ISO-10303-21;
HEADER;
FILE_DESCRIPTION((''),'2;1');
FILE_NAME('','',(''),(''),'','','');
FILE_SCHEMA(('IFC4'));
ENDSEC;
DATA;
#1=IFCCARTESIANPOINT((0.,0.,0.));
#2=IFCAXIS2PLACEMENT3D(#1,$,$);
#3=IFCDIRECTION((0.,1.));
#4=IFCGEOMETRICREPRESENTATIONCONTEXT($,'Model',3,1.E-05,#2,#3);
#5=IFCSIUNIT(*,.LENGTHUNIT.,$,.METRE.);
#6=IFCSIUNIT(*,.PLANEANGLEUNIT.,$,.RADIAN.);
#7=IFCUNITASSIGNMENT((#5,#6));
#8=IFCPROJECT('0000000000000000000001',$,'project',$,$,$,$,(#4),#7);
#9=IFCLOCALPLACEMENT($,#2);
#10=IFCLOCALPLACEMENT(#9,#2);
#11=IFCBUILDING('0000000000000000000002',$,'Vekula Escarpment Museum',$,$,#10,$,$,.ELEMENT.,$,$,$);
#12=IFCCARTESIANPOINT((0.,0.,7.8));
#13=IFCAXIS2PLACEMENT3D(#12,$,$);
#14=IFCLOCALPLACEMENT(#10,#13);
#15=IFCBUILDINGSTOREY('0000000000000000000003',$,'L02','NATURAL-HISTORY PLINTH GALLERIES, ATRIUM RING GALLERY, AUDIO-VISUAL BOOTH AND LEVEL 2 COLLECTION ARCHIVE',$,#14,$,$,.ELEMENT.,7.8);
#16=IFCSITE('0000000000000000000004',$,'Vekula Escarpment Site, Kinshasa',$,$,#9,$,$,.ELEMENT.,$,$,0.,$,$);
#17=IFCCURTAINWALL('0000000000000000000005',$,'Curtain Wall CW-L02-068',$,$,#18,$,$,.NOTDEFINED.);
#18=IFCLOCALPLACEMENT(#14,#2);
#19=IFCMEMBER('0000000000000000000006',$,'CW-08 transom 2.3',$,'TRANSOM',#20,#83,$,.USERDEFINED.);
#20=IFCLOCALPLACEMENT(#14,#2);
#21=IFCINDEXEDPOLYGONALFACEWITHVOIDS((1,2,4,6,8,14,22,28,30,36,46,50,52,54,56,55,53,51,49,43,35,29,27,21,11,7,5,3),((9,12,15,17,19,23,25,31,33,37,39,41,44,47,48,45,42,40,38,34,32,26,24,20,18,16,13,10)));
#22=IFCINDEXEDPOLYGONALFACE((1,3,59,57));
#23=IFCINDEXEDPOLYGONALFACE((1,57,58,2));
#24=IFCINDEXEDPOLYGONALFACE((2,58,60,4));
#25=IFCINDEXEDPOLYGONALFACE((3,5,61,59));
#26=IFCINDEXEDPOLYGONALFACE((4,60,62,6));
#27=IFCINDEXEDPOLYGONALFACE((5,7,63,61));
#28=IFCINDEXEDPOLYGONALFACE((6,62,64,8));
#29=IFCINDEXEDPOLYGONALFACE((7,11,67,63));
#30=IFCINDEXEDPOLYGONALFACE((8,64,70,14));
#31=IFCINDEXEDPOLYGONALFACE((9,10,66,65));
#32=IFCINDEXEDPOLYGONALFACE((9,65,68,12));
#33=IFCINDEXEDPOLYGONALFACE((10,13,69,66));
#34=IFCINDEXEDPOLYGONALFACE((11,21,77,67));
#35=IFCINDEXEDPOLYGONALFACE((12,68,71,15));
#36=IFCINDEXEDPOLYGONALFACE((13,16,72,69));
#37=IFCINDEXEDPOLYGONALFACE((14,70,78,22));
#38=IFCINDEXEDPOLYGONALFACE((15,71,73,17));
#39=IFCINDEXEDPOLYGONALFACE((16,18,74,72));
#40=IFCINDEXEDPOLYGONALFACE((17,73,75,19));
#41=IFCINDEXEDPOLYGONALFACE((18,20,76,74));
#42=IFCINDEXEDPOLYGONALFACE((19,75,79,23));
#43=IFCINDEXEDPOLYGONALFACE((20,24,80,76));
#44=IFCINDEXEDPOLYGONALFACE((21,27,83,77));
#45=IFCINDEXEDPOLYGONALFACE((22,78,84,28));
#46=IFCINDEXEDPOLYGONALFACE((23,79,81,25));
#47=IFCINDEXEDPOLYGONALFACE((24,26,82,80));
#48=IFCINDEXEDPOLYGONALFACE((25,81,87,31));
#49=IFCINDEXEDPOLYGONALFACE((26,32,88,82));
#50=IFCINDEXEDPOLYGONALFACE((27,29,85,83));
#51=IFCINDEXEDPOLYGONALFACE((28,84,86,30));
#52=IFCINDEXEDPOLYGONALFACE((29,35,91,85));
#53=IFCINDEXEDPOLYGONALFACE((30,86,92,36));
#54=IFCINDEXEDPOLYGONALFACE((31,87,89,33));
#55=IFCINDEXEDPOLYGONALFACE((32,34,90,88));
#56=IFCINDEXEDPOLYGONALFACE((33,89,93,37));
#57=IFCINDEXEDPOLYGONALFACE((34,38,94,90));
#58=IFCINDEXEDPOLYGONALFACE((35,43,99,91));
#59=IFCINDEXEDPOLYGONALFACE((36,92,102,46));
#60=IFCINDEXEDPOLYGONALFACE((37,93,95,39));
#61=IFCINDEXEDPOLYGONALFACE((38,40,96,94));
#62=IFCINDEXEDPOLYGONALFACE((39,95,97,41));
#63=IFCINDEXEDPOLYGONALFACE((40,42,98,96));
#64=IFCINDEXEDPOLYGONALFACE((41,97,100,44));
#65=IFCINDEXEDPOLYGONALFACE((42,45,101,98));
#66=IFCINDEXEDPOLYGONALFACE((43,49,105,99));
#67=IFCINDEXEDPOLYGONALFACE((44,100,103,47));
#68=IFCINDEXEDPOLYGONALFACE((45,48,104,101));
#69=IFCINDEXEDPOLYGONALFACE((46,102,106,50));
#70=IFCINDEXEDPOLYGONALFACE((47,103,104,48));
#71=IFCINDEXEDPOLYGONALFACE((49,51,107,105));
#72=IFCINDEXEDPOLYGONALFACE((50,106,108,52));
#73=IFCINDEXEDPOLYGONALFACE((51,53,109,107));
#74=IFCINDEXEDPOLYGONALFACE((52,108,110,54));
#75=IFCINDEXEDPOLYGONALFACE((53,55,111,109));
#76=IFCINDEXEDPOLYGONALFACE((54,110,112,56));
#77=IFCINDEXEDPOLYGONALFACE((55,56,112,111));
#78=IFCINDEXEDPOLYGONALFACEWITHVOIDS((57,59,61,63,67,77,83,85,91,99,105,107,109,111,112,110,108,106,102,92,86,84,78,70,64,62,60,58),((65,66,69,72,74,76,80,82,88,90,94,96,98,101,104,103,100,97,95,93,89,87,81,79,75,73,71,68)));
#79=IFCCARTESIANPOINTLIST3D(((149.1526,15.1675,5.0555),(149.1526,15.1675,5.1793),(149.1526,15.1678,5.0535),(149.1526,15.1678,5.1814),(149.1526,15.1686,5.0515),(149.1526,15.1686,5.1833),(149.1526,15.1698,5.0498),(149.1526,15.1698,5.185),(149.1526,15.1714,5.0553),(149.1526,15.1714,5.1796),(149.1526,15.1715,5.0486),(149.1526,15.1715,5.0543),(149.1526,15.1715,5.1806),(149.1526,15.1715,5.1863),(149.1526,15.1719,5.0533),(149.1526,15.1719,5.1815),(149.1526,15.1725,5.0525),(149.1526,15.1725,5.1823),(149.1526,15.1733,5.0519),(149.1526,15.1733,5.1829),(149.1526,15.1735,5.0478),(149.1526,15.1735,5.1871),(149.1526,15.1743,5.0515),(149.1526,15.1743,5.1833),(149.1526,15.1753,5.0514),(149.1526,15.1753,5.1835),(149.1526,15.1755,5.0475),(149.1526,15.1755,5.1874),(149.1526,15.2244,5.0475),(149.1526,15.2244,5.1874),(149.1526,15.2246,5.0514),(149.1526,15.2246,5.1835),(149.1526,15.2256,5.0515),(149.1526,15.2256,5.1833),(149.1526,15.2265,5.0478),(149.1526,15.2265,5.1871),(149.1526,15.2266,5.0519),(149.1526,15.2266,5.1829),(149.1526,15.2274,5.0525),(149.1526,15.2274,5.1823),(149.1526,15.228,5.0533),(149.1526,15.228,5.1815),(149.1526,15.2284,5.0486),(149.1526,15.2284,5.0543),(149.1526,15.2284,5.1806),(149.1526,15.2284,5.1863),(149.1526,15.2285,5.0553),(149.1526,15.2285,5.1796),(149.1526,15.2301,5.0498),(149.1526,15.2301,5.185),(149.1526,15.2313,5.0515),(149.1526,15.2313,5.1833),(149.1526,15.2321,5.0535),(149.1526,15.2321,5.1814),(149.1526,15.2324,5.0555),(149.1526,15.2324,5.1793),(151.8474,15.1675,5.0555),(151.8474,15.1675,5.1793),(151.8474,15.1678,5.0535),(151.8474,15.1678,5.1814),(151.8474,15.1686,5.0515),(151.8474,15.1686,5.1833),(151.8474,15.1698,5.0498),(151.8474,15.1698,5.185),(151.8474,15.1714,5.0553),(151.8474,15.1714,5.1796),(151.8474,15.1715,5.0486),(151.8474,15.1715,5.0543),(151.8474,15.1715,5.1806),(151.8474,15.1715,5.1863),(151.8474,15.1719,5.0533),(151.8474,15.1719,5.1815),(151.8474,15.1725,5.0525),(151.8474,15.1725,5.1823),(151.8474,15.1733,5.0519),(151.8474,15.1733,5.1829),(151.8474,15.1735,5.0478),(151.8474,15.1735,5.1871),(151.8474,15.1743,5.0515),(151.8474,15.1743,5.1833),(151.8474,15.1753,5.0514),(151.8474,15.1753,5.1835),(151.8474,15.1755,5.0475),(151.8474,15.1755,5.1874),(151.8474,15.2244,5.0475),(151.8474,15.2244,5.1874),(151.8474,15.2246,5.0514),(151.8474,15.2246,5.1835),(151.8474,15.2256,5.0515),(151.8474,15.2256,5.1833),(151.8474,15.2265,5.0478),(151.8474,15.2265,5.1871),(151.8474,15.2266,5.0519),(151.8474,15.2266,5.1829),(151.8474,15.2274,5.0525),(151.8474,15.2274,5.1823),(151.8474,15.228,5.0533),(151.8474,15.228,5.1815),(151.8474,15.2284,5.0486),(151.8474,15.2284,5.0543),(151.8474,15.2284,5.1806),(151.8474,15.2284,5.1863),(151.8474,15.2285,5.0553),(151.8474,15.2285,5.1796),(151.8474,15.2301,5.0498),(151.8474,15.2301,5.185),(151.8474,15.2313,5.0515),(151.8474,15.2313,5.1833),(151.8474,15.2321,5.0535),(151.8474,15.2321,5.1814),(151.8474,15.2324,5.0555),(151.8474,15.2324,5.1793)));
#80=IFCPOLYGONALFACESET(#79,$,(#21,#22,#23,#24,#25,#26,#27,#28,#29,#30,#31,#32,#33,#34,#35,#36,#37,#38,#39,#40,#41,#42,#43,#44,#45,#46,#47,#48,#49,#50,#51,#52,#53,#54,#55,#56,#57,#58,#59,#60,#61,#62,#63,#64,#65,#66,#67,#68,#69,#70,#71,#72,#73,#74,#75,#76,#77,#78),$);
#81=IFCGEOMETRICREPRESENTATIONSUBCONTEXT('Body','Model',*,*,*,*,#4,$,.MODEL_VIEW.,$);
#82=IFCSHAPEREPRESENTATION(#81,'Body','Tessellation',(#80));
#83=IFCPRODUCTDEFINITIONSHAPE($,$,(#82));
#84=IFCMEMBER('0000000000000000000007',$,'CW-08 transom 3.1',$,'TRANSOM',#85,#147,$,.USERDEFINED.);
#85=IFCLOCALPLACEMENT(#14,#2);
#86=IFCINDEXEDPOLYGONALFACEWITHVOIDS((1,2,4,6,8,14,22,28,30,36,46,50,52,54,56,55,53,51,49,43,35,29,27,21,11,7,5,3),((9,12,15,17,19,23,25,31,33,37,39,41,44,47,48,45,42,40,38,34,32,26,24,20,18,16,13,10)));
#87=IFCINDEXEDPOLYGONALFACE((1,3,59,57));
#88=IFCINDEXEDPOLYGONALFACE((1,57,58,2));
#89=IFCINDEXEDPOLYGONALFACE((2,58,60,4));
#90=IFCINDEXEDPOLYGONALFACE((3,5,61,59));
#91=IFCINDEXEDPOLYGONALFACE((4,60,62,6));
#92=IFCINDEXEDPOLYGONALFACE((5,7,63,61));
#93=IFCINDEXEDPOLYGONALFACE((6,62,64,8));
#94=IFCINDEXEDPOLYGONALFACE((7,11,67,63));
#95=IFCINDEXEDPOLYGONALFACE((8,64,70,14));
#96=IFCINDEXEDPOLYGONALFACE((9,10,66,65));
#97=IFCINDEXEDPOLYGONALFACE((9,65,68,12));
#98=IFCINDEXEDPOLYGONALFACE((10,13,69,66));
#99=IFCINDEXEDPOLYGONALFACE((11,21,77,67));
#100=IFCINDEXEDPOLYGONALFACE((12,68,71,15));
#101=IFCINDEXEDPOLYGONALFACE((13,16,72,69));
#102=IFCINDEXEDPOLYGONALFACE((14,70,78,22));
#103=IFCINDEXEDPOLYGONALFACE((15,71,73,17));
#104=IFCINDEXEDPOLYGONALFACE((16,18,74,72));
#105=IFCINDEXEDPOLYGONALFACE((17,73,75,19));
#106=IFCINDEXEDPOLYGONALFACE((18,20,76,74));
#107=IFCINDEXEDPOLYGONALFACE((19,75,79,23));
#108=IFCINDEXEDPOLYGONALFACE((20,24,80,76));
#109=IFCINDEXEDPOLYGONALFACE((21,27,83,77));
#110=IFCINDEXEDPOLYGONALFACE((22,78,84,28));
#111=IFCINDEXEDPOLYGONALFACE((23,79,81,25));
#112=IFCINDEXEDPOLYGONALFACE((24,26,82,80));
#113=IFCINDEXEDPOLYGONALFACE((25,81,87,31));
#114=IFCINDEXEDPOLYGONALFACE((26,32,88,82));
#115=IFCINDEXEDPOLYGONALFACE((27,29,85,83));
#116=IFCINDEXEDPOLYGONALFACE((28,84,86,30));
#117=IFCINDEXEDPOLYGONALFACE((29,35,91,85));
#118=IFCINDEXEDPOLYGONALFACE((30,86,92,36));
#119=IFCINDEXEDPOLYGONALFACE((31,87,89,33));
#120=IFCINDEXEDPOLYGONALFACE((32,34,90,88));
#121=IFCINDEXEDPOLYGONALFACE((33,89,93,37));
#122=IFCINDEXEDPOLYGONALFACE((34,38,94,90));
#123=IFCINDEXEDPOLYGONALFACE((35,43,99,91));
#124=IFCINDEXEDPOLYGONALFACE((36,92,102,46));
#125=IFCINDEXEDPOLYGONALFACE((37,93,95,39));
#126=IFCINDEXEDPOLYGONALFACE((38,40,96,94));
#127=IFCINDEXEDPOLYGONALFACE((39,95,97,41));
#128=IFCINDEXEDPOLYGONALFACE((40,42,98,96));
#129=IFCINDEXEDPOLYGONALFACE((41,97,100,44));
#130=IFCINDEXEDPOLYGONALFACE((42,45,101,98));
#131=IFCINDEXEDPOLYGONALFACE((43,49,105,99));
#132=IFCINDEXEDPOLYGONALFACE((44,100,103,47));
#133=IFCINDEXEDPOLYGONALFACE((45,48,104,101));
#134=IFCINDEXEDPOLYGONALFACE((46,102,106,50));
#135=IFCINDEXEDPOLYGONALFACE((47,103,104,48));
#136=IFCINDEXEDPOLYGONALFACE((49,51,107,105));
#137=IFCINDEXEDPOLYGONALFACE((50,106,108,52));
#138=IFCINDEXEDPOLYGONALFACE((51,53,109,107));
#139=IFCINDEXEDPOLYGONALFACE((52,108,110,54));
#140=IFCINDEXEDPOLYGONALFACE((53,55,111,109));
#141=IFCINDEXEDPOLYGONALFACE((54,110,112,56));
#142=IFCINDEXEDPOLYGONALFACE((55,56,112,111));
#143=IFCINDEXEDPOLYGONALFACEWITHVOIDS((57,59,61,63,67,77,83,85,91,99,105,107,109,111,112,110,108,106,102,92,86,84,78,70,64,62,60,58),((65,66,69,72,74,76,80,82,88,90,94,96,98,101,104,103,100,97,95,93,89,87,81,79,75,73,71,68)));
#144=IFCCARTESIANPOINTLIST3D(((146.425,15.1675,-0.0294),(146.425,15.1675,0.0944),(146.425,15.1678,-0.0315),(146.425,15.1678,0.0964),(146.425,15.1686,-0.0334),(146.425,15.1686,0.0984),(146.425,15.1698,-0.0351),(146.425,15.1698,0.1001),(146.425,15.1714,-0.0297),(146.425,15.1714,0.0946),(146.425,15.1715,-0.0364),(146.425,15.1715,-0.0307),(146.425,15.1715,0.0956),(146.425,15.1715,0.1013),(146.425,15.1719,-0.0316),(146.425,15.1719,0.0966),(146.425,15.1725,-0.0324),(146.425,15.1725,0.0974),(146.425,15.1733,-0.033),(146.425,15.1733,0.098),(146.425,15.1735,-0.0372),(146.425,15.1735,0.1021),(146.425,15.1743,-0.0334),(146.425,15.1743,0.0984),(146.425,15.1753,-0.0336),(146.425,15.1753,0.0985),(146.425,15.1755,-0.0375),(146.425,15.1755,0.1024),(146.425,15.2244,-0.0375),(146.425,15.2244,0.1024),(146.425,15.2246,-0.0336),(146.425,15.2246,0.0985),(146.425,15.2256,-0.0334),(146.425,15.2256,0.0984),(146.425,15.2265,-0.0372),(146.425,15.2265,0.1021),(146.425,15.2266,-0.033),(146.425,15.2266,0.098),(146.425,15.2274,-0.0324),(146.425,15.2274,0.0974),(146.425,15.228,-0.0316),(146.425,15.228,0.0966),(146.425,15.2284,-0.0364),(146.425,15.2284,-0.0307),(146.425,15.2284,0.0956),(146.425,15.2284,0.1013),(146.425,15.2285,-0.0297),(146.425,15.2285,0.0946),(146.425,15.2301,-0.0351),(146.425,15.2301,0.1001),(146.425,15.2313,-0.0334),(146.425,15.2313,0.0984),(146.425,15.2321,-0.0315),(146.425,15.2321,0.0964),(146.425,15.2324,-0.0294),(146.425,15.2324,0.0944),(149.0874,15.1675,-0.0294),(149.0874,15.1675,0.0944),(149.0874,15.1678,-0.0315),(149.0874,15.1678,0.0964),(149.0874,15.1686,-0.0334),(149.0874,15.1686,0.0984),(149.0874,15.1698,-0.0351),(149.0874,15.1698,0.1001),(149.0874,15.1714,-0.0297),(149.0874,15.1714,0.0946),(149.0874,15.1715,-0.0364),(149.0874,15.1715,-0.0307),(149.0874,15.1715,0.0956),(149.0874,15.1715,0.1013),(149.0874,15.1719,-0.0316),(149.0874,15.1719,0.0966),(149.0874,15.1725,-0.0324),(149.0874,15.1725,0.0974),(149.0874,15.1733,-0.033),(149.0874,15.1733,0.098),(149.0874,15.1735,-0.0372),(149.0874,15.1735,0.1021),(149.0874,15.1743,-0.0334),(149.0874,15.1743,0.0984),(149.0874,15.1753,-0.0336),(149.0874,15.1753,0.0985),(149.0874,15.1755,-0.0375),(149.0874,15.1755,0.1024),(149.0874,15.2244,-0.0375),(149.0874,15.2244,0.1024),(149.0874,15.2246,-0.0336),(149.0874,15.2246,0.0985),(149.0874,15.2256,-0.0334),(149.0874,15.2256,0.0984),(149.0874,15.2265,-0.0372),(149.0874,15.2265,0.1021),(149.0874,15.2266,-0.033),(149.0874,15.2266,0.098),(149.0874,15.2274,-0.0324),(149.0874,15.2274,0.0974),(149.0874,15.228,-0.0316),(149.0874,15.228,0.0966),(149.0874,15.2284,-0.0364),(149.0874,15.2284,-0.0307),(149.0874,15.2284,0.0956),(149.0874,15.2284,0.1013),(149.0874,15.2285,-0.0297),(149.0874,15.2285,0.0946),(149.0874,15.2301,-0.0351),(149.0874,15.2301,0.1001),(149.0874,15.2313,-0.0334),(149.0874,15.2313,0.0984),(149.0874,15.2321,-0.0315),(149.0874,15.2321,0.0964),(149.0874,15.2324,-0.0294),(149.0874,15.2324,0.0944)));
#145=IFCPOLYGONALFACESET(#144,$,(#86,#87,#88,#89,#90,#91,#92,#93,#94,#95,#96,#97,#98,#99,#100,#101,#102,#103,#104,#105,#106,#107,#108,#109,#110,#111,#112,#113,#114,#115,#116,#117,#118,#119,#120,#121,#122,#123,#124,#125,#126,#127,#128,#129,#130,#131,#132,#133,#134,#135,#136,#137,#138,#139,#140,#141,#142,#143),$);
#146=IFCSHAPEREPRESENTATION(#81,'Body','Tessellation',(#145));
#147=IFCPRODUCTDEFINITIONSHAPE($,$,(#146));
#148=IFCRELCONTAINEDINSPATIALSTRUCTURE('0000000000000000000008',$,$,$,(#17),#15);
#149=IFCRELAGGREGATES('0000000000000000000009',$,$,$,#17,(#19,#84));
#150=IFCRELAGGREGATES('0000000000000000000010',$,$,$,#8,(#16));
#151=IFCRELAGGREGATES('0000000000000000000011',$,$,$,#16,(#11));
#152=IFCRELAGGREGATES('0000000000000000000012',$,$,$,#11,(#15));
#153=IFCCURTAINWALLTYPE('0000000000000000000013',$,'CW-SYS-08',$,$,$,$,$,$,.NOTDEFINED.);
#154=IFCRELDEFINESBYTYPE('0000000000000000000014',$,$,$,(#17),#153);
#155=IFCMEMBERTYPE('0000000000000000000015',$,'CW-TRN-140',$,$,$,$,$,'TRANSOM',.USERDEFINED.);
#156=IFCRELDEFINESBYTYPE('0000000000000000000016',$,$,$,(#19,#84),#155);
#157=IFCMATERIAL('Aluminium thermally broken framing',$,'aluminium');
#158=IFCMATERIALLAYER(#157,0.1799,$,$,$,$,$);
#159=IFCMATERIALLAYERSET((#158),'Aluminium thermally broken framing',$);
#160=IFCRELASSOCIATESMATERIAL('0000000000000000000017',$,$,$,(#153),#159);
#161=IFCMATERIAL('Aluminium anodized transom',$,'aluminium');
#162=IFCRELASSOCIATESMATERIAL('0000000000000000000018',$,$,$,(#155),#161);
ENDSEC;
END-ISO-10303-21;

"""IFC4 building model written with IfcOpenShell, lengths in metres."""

from ifc_helpers import new_model, si_unit, direction, frame, origin, origin_2d, place, context, subcontext, project, spatial, hollow_rectangle, extrude, material, layer, layer_set, material_profile, profile_set, type_object, element, aggregate, save


model = new_model("IFC4")

# Units and contexts
model_context = context("Model", 3, precision=1e-05, world=origin(), true_north=direction((0.0, 1.0)))
body_context = subcontext(model_context, "Body", "Model", "MODEL_VIEW")
ifc_project = project(units=[si_unit("LENGTHUNIT", "METRE"), si_unit("PLANEANGLEUNIT", "RADIAN")], contexts=[model_context])

# Site, building, storey
site_placement = place(None, origin())
site = spatial("IfcSite", under=ifc_project, at=site_placement, Name="Vekula Escarpment Site, Kinshasa", CompositionType="ELEMENT", RefElevation=0.0)
building_placement = place(site_placement, origin())
building = spatial("IfcBuilding", under=site, at=building_placement, Name="Vekula Escarpment Museum", CompositionType="ELEMENT")
storey_placement = place(building_placement, frame((0.0, 0.0, 7.8)))
storey = spatial("IfcBuildingStorey", under=building, at=storey_placement, Name="L02", Description="NATURAL-HISTORY PLINTH GALLERIES, ATRIUM RING GALLERY, AUDIO-VISUAL BOOTH AND LEVEL 2 COLLECTION ARCHIVE", CompositionType="ELEMENT", Elevation=7.8)

# Curtain wall, members
ifc_material_1 = material(Name="Aluminium thermally broken framing", Category="aluminium")
ifc_layer_1 = layer(ifc_material_1, 0.1799)
ifc_layer_set_1 = layer_set([ifc_layer_1], Name="Aluminium thermally broken framing")
curtain_wall_type = type_object("IfcCurtainWallType", Name="CW-SYS-08", PredefinedType="NOTDEFINED", material=ifc_layer_set_1)
curtain_wall_placement = place(storey_placement, origin())
curtain_wall = element("IfcCurtainWall", 1, at=curtain_wall_placement, inside=storey, type_object=curtain_wall_type, Name="Curtain Wall CW-L02-068", PredefinedType="NOTDEFINED")
ifc_material_2 = material(Name="Aluminium anodized transom", Category="aluminium")
ifc_material_profile_1 = material_profile(ifc_material_2, hollow_rectangle(XDim=0.0649, YDim=0.1399, WallThickness=0.0039, InnerFilletRadius=0.0039, OuterFilletRadius=0.0081, at=origin_2d()), Name="ALU 140x65x4")
ifc_profile_set_1 = profile_set([ifc_material_profile_1], Name="Aluminium anodized transom")
member_type_1 = type_object("IfcMemberType", Name="CW-TRN-140", ElementType="TRANSOM", PredefinedType="USERDEFINED", material=ifc_profile_set_1)
member_1_placement = place(storey_placement, frame((151.8474, 15.2, 5.1174), z_axis=(-1.0, 0.0, 0.0), x_axis=(0.0, -1.0, 0.0)))
member_1 = element("IfcMember", 2, at=member_1_placement, type_object=member_type_1, Name="CW-08 transom 2.3", ObjectType="TRANSOM", PredefinedType="USERDEFINED", context=body_context, shape_type="SweptSolid", body=[
    extrude(hollow_rectangle(XDim=0.0649, YDim=0.1399, WallThickness=0.0039, InnerFilletRadius=0.0039, OuterFilletRadius=0.0081, at=origin_2d()), origin(), (0.0, 0.0, 1.0), 2.6948),
])
member_2_placement = place(storey_placement, frame((149.0874, 15.2, 0.0325), z_axis=(-1.0, 0.0, 0.0), x_axis=(0.0, -1.0, 0.0)))
member_2 = element("IfcMember", 3, at=member_2_placement, type_object=member_type_1, Name="CW-08 transom 3.1", ObjectType="TRANSOM", PredefinedType="USERDEFINED", context=body_context, shape_type="SweptSolid", body=[
    extrude(hollow_rectangle(XDim=0.0649, YDim=0.1399, WallThickness=0.0039, InnerFilletRadius=0.0039, OuterFilletRadius=0.0081, at=origin_2d()), origin(), (0.0, 0.0, 1.0), 2.6624),
])
aggregate(curtain_wall, [member_1, member_2])

save(model, "model.ifc")
